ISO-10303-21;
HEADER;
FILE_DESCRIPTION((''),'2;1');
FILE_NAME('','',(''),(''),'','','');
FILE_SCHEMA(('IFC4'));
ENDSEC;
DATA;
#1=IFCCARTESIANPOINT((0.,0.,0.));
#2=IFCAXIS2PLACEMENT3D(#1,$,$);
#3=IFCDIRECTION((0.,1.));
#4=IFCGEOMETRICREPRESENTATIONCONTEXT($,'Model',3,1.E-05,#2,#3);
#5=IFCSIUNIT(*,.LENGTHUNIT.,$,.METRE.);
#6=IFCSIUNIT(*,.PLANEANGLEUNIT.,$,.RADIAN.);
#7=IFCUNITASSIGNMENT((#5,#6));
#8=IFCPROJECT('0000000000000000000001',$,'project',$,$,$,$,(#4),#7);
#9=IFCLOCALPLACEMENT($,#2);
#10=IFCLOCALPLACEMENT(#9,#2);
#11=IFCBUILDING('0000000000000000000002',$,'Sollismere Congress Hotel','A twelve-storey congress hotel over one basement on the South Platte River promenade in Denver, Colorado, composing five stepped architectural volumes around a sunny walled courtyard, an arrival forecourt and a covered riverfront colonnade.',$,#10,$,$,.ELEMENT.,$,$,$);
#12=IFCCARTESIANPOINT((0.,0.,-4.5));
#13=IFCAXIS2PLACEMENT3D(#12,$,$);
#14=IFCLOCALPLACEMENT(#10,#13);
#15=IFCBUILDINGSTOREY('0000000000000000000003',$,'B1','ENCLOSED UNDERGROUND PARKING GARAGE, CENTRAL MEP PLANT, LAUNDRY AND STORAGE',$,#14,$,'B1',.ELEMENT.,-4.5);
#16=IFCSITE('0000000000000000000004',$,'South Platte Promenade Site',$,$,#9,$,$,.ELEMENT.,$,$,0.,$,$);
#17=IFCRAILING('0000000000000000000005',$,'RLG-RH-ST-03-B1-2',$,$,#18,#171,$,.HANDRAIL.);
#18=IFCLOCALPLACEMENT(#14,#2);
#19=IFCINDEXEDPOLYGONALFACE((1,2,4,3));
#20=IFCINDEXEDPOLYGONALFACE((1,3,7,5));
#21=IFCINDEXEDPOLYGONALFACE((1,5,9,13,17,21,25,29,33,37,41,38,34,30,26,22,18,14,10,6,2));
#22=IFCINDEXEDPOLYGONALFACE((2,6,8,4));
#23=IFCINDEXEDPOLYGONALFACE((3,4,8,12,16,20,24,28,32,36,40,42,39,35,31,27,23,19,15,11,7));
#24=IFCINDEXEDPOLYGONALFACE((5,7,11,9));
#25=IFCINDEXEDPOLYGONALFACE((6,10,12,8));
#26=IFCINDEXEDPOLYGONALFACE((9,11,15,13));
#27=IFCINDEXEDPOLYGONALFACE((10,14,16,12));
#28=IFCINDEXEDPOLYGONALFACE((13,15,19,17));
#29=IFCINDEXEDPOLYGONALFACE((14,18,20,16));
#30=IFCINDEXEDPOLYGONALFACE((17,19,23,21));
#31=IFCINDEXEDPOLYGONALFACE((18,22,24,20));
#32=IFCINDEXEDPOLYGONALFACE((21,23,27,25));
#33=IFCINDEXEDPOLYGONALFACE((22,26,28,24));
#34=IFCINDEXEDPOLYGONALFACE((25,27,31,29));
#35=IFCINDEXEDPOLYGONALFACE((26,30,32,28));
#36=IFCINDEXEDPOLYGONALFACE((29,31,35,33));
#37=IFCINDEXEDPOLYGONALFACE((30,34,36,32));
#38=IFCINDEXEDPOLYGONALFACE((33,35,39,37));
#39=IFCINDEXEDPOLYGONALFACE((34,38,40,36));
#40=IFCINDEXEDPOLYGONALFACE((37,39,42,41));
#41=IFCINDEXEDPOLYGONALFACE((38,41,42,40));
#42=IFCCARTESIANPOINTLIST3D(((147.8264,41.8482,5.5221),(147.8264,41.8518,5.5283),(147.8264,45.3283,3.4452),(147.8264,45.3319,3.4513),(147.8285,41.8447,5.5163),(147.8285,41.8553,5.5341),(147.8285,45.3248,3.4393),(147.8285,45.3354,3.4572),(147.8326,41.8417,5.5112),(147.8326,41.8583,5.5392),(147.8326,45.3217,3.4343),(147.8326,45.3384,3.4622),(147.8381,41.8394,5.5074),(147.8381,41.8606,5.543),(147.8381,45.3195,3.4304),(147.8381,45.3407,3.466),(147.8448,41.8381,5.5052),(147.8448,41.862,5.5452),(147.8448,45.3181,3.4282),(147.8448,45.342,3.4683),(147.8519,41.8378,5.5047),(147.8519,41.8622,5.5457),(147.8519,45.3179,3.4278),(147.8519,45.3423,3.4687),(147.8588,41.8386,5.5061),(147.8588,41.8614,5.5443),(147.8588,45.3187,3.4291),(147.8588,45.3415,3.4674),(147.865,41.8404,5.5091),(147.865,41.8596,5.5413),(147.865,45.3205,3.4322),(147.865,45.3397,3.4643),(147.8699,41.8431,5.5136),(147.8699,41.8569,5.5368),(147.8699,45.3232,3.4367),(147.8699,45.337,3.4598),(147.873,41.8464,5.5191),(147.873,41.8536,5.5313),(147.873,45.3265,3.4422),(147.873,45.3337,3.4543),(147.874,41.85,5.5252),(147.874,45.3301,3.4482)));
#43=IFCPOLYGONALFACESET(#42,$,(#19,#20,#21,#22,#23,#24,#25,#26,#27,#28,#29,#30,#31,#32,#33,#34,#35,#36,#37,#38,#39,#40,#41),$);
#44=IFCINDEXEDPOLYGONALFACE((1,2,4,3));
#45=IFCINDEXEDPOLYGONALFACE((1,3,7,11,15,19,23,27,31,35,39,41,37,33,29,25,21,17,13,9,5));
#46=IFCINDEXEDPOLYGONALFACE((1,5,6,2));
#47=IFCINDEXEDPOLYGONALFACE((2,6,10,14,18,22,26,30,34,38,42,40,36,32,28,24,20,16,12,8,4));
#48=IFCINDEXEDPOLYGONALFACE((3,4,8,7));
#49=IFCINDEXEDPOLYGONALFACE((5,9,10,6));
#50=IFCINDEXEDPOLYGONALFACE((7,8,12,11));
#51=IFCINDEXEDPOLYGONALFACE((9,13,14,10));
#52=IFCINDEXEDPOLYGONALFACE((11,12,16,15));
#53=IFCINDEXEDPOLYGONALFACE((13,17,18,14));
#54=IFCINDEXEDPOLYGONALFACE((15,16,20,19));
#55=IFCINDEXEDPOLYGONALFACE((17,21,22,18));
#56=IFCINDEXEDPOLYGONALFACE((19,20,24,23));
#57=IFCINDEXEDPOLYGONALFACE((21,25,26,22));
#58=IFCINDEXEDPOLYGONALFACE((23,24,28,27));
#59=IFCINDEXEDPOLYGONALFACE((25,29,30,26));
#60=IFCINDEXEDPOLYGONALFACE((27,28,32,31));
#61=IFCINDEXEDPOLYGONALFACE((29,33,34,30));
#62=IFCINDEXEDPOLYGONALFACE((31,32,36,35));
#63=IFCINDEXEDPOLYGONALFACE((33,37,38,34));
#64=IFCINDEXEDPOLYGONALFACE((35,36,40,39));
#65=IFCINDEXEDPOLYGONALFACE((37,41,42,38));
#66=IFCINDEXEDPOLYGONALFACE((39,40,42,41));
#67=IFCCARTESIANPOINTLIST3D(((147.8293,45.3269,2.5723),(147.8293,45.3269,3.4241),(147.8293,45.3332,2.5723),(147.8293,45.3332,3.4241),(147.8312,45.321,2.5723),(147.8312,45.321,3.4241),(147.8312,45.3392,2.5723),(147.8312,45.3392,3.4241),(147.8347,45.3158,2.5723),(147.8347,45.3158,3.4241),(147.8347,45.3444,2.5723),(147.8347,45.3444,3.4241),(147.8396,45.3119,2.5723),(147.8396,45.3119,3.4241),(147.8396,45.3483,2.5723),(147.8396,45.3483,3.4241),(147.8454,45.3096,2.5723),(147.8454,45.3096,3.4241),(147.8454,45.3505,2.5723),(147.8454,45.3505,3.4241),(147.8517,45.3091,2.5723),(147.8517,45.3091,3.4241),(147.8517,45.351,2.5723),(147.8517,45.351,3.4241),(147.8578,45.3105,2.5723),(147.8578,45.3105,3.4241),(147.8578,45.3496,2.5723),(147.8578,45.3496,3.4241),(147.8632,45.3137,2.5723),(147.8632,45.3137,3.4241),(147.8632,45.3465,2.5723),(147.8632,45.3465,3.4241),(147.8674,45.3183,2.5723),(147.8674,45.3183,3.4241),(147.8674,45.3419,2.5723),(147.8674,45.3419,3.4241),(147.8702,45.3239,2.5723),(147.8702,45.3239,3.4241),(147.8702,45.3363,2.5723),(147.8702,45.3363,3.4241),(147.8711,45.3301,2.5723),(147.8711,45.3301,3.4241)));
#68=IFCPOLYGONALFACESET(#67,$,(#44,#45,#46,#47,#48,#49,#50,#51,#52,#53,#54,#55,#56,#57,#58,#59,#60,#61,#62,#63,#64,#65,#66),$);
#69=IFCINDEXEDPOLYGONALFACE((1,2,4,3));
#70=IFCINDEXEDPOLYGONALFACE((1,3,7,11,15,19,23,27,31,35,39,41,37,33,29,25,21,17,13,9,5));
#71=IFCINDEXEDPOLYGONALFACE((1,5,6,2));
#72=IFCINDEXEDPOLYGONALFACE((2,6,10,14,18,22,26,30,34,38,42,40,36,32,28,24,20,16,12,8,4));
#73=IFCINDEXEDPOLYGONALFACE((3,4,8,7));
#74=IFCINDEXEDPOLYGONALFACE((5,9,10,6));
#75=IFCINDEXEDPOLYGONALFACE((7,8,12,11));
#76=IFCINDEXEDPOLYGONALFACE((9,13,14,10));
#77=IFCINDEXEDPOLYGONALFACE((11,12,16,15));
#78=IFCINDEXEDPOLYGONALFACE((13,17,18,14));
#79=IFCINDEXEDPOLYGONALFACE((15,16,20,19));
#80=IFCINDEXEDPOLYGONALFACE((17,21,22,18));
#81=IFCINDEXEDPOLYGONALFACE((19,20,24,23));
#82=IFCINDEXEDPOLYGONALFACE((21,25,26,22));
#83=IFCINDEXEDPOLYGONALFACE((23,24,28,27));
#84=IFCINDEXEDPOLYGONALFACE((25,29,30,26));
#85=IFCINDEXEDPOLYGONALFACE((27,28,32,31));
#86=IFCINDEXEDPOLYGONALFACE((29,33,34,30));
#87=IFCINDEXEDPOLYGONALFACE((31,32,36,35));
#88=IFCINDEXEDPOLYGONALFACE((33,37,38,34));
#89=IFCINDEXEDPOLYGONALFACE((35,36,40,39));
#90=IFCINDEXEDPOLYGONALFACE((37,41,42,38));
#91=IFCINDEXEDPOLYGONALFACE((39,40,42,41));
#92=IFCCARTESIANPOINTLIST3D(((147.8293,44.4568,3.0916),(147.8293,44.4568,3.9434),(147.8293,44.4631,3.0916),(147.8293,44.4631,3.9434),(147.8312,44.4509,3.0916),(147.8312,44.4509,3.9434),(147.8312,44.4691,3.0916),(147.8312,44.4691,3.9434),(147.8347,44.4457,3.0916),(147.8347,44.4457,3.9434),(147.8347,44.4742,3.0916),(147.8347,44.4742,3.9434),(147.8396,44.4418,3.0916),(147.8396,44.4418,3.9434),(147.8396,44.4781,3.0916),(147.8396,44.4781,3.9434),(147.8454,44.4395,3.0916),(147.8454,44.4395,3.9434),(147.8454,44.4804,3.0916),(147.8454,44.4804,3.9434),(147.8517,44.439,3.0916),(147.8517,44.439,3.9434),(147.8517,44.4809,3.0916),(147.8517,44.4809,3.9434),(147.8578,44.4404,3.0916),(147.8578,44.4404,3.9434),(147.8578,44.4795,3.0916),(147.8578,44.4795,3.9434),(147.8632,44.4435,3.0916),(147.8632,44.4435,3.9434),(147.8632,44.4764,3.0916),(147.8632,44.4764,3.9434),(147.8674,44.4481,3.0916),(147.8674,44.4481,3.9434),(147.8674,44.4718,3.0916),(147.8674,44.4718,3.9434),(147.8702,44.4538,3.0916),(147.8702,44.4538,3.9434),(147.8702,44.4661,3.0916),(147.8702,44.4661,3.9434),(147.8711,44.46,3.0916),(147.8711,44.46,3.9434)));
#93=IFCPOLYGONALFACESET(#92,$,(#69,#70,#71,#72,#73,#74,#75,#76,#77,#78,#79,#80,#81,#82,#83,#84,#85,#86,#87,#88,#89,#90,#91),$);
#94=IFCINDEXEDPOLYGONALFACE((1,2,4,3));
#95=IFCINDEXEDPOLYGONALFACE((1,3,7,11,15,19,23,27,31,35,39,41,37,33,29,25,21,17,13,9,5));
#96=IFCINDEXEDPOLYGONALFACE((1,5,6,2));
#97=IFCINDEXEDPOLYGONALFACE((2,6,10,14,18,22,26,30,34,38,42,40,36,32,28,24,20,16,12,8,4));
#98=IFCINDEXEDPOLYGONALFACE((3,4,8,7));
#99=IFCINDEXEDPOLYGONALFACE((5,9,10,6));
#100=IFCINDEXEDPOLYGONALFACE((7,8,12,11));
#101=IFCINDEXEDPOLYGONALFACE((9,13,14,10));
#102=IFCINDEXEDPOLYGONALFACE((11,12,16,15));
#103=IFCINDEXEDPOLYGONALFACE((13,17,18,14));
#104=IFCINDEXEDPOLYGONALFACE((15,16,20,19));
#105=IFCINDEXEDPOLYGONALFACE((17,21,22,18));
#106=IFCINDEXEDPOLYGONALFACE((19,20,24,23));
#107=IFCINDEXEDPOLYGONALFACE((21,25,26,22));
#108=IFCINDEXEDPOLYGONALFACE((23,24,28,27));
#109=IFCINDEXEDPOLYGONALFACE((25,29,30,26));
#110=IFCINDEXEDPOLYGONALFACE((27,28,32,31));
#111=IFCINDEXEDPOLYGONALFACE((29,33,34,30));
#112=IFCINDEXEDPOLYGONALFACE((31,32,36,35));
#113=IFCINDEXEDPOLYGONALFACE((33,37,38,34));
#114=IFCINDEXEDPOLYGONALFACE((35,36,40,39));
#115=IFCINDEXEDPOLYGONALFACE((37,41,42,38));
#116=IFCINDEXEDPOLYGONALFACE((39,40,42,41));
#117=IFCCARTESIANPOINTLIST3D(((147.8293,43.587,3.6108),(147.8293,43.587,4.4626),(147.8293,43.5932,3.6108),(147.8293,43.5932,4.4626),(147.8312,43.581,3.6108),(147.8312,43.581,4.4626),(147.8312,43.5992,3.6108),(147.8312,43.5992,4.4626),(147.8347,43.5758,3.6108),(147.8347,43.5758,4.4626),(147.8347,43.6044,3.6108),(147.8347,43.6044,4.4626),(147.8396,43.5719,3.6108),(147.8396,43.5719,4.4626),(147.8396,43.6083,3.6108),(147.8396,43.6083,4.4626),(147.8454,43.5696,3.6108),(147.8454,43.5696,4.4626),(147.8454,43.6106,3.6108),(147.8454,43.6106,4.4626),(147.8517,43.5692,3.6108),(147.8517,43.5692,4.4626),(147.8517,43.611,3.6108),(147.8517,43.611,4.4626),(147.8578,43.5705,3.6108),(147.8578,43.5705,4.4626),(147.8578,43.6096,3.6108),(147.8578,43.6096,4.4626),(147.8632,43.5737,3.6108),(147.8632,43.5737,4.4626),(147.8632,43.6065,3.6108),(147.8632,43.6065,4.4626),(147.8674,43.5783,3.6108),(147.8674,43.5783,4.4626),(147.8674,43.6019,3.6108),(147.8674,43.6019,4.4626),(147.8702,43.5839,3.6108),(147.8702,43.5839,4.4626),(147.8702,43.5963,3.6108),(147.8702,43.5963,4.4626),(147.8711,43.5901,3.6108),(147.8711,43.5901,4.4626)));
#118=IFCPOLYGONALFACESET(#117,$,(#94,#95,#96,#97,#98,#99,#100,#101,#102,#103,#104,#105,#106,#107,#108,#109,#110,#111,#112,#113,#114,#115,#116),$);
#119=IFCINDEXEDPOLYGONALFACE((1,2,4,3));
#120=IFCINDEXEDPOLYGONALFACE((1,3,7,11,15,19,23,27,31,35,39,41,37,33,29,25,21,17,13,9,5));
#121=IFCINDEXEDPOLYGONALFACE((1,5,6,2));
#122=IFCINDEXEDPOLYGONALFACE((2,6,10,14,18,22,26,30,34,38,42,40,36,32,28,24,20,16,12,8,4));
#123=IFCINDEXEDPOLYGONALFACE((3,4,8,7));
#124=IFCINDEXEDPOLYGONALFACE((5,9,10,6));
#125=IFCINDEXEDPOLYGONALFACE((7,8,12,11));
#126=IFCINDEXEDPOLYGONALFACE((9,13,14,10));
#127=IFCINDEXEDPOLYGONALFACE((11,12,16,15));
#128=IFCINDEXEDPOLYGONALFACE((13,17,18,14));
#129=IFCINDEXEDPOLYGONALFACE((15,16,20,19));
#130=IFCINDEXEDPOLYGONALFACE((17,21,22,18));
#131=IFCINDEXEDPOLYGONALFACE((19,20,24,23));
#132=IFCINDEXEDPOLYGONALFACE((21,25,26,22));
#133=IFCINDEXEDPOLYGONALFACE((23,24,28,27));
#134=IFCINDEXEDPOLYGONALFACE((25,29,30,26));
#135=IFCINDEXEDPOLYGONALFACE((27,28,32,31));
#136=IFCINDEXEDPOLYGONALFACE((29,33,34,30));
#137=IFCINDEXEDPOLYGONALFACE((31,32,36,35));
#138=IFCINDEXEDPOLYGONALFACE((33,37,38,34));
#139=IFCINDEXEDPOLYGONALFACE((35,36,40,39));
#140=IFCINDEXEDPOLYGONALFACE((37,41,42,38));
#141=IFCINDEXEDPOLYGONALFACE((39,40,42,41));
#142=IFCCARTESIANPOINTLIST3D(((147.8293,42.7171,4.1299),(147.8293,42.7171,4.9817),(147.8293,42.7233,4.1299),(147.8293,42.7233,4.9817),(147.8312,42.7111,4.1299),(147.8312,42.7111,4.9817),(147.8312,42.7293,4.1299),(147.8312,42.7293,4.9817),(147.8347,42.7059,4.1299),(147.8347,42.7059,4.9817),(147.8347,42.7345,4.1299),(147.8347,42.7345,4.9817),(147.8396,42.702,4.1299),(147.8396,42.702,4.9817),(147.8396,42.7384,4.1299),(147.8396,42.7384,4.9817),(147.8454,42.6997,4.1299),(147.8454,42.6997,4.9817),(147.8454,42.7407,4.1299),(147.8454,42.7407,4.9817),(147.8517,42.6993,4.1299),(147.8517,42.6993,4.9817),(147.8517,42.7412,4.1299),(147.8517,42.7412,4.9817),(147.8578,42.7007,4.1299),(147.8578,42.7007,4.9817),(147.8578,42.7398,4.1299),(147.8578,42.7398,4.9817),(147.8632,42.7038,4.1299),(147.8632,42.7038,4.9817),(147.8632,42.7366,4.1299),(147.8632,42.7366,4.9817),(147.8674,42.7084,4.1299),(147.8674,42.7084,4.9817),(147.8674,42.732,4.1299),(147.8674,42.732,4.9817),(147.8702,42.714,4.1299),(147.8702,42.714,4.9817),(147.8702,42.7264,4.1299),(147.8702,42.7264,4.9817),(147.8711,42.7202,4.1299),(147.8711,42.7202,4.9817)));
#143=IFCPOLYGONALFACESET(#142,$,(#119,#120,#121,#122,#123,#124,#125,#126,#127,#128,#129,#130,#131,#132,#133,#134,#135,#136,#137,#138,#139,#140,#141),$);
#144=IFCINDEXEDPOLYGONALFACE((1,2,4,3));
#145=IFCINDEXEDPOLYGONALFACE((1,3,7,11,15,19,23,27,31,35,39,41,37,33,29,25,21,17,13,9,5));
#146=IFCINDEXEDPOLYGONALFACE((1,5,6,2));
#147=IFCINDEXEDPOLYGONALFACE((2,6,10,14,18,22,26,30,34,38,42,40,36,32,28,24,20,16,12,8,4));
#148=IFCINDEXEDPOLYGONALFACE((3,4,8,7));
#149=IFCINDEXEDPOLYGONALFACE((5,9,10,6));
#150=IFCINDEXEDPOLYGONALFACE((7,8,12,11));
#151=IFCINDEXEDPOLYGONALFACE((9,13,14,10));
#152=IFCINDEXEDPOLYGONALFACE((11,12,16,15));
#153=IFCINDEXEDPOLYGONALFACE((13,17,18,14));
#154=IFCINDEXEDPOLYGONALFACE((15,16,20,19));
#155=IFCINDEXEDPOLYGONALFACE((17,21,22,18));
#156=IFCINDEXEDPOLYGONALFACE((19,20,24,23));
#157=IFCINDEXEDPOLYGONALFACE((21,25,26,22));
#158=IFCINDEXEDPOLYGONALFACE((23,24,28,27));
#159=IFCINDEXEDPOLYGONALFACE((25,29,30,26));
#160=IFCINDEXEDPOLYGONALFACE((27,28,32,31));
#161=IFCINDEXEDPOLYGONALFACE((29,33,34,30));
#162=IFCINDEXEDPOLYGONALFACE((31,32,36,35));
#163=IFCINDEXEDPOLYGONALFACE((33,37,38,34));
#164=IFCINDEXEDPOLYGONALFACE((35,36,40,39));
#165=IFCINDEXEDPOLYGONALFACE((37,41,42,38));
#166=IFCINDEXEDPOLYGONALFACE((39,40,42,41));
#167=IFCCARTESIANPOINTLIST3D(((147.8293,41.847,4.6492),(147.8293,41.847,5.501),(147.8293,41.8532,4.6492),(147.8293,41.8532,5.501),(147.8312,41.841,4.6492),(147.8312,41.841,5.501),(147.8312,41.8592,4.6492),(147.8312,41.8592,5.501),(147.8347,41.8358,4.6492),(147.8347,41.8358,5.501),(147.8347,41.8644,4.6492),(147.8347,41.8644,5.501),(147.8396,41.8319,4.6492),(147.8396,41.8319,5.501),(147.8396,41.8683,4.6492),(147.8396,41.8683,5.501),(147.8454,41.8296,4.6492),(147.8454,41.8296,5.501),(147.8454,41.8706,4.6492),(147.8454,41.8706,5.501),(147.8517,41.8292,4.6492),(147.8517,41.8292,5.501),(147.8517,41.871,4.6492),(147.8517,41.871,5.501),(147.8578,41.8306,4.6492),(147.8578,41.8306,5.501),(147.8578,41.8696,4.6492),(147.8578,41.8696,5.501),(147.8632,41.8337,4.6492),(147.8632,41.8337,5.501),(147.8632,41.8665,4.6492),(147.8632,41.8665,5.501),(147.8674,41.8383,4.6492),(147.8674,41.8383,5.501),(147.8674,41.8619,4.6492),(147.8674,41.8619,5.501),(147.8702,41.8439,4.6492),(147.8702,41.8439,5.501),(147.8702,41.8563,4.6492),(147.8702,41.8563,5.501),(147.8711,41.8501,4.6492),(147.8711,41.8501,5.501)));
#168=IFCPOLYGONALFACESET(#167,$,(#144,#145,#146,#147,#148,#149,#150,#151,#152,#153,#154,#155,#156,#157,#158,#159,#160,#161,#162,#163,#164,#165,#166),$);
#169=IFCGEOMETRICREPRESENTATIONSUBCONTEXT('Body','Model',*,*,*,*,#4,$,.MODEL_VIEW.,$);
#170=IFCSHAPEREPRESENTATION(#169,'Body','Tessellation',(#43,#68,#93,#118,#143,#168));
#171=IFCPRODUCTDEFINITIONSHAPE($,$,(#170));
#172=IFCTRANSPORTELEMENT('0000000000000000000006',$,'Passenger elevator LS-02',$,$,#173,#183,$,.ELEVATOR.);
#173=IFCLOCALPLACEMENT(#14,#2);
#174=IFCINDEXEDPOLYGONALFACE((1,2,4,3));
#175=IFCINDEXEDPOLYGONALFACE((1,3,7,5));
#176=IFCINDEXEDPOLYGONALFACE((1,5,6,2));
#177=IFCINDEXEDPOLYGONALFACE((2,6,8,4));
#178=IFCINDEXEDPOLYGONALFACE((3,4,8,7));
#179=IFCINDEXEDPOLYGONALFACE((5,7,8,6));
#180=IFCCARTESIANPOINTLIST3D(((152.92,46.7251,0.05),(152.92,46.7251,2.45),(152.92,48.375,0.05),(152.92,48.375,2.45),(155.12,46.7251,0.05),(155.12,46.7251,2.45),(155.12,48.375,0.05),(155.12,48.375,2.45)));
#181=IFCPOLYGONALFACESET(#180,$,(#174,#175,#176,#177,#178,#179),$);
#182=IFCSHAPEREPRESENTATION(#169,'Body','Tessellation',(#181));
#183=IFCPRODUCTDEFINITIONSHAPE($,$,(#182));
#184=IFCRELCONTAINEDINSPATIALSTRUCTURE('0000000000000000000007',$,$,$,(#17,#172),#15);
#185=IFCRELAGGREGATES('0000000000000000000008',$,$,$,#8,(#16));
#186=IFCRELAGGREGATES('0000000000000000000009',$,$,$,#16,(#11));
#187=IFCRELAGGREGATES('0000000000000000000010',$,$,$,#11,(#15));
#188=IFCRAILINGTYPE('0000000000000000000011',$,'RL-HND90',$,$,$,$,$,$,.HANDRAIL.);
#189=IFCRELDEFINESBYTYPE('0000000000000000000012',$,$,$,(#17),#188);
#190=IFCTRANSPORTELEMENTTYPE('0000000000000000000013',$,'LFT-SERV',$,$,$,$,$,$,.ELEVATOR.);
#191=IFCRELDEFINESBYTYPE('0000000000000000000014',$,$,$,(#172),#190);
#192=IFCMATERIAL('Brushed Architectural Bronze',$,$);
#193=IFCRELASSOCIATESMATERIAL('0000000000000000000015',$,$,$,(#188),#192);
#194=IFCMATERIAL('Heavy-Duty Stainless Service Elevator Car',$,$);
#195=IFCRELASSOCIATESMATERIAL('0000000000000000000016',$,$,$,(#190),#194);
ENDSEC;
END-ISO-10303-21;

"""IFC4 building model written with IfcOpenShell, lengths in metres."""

from ifc_helpers import new_model, si_unit, direction, frame, origin, origin_2d, place, context, subcontext, project, spatial, rectangle, circle, extrude, material, type_object, element, save


model = new_model("IFC4")

# Units and contexts
model_context = context("Model", 3, precision=1e-05, world=origin(), true_north=direction((0.0, 1.0)))
body_context = subcontext(model_context, "Body", "Model", "MODEL_VIEW")
ifc_project = project(units=[si_unit("LENGTHUNIT", "METRE"), si_unit("PLANEANGLEUNIT", "RADIAN")], contexts=[model_context])

# Site, building, storey
site_placement = place(None, origin())
site = spatial("IfcSite", under=ifc_project, at=site_placement, Name="South Platte Promenade Site", CompositionType="ELEMENT", RefElevation=0.0)
building_placement = place(site_placement, origin())
building = spatial("IfcBuilding", under=site, at=building_placement, Name="Sollismere Congress Hotel", Description="A twelve-storey congress hotel over one basement on the South Platte River promenade in Denver, Colorado, composing five stepped architectural volumes around a sunny walled courtyard, an arrival forecourt and a covered riverfront colonnade.", CompositionType="ELEMENT")
storey_placement = place(building_placement, frame((0.0, 0.0, -4.5)))
storey = spatial("IfcBuildingStorey", under=building, at=storey_placement, Name="B1", Description="ENCLOSED UNDERGROUND PARKING GARAGE, CENTRAL MEP PLANT, LAUNDRY AND STORAGE", LongName="B1", CompositionType="ELEMENT", Elevation=-4.5)

# Railing
ifc_material_1 = material(Name="Brushed Architectural Bronze")
railing_type_1 = type_object("IfcRailingType", Name="RL-HND90", PredefinedType="HANDRAIL", material=ifc_material_1)
railing_1_placement = place(storey_placement, frame((147.8501, 45.3301, 2.5723)))
element("IfcRailing", 1, at=railing_1_placement, inside=storey, type_object=railing_type_1, Name="RLG-RH-ST-03-B1-2", PredefinedType="HANDRAIL", context=body_context, shape_type="SweptSolid", body=[
    extrude(circle(Radius=0.0239, at=origin_2d()), frame((0.0, 0.0, 0.876), z_axis=(0.0, -0.858697, 0.512483), x_axis=(1.0, 0.0, 0.0)), (0.0, 0.0, 1.0), 4.0527),
    extrude(circle(Radius=0.021, at=origin_2d()), origin(), (0.0, 0.0, 1.0), 0.8518),
    extrude(circle(Radius=0.021, at=origin_2d()), frame((0.0, -0.8701, 0.5193)), (0.0, 0.0, 1.0), 0.8518),
    extrude(circle(Radius=0.021, at=origin_2d()), frame((0.0, -1.74, 1.0386)), (0.0, 0.0, 1.0), 0.8518),
    extrude(circle(Radius=0.021, at=origin_2d()), frame((0.0, -2.6099, 1.5576)), (0.0, 0.0, 1.0), 0.8518),
    extrude(circle(Radius=0.021, at=origin_2d()), frame((0.0, -3.48, 2.0769)), (0.0, 0.0, 1.0), 0.8518),
])

# Transport element
ifc_material_2 = material(Name="Heavy-Duty Stainless Service Elevator Car")
transport_element_type = type_object("IfcTransportElementType", Name="LFT-SERV", PredefinedType="ELEVATOR", material=ifc_material_2)
transport_element_placement = place(storey_placement, frame((154.02, 47.55, 0.05), z_axis=(0.0, 0.0, 1.0), x_axis=(1.0, 0.0, 0.0)))
element("IfcTransportElement", 2, at=transport_element_placement, inside=storey, type_object=transport_element_type, Name="Passenger elevator LS-02", PredefinedType="ELEVATOR", context=body_context, shape_type="SweptSolid", body=[
    extrude(rectangle(XDim=2.2, YDim=1.6499, at=origin_2d()), origin(), (0.0, 0.0, 1.0), 2.3999),
])

save(model, "model.ifc")
